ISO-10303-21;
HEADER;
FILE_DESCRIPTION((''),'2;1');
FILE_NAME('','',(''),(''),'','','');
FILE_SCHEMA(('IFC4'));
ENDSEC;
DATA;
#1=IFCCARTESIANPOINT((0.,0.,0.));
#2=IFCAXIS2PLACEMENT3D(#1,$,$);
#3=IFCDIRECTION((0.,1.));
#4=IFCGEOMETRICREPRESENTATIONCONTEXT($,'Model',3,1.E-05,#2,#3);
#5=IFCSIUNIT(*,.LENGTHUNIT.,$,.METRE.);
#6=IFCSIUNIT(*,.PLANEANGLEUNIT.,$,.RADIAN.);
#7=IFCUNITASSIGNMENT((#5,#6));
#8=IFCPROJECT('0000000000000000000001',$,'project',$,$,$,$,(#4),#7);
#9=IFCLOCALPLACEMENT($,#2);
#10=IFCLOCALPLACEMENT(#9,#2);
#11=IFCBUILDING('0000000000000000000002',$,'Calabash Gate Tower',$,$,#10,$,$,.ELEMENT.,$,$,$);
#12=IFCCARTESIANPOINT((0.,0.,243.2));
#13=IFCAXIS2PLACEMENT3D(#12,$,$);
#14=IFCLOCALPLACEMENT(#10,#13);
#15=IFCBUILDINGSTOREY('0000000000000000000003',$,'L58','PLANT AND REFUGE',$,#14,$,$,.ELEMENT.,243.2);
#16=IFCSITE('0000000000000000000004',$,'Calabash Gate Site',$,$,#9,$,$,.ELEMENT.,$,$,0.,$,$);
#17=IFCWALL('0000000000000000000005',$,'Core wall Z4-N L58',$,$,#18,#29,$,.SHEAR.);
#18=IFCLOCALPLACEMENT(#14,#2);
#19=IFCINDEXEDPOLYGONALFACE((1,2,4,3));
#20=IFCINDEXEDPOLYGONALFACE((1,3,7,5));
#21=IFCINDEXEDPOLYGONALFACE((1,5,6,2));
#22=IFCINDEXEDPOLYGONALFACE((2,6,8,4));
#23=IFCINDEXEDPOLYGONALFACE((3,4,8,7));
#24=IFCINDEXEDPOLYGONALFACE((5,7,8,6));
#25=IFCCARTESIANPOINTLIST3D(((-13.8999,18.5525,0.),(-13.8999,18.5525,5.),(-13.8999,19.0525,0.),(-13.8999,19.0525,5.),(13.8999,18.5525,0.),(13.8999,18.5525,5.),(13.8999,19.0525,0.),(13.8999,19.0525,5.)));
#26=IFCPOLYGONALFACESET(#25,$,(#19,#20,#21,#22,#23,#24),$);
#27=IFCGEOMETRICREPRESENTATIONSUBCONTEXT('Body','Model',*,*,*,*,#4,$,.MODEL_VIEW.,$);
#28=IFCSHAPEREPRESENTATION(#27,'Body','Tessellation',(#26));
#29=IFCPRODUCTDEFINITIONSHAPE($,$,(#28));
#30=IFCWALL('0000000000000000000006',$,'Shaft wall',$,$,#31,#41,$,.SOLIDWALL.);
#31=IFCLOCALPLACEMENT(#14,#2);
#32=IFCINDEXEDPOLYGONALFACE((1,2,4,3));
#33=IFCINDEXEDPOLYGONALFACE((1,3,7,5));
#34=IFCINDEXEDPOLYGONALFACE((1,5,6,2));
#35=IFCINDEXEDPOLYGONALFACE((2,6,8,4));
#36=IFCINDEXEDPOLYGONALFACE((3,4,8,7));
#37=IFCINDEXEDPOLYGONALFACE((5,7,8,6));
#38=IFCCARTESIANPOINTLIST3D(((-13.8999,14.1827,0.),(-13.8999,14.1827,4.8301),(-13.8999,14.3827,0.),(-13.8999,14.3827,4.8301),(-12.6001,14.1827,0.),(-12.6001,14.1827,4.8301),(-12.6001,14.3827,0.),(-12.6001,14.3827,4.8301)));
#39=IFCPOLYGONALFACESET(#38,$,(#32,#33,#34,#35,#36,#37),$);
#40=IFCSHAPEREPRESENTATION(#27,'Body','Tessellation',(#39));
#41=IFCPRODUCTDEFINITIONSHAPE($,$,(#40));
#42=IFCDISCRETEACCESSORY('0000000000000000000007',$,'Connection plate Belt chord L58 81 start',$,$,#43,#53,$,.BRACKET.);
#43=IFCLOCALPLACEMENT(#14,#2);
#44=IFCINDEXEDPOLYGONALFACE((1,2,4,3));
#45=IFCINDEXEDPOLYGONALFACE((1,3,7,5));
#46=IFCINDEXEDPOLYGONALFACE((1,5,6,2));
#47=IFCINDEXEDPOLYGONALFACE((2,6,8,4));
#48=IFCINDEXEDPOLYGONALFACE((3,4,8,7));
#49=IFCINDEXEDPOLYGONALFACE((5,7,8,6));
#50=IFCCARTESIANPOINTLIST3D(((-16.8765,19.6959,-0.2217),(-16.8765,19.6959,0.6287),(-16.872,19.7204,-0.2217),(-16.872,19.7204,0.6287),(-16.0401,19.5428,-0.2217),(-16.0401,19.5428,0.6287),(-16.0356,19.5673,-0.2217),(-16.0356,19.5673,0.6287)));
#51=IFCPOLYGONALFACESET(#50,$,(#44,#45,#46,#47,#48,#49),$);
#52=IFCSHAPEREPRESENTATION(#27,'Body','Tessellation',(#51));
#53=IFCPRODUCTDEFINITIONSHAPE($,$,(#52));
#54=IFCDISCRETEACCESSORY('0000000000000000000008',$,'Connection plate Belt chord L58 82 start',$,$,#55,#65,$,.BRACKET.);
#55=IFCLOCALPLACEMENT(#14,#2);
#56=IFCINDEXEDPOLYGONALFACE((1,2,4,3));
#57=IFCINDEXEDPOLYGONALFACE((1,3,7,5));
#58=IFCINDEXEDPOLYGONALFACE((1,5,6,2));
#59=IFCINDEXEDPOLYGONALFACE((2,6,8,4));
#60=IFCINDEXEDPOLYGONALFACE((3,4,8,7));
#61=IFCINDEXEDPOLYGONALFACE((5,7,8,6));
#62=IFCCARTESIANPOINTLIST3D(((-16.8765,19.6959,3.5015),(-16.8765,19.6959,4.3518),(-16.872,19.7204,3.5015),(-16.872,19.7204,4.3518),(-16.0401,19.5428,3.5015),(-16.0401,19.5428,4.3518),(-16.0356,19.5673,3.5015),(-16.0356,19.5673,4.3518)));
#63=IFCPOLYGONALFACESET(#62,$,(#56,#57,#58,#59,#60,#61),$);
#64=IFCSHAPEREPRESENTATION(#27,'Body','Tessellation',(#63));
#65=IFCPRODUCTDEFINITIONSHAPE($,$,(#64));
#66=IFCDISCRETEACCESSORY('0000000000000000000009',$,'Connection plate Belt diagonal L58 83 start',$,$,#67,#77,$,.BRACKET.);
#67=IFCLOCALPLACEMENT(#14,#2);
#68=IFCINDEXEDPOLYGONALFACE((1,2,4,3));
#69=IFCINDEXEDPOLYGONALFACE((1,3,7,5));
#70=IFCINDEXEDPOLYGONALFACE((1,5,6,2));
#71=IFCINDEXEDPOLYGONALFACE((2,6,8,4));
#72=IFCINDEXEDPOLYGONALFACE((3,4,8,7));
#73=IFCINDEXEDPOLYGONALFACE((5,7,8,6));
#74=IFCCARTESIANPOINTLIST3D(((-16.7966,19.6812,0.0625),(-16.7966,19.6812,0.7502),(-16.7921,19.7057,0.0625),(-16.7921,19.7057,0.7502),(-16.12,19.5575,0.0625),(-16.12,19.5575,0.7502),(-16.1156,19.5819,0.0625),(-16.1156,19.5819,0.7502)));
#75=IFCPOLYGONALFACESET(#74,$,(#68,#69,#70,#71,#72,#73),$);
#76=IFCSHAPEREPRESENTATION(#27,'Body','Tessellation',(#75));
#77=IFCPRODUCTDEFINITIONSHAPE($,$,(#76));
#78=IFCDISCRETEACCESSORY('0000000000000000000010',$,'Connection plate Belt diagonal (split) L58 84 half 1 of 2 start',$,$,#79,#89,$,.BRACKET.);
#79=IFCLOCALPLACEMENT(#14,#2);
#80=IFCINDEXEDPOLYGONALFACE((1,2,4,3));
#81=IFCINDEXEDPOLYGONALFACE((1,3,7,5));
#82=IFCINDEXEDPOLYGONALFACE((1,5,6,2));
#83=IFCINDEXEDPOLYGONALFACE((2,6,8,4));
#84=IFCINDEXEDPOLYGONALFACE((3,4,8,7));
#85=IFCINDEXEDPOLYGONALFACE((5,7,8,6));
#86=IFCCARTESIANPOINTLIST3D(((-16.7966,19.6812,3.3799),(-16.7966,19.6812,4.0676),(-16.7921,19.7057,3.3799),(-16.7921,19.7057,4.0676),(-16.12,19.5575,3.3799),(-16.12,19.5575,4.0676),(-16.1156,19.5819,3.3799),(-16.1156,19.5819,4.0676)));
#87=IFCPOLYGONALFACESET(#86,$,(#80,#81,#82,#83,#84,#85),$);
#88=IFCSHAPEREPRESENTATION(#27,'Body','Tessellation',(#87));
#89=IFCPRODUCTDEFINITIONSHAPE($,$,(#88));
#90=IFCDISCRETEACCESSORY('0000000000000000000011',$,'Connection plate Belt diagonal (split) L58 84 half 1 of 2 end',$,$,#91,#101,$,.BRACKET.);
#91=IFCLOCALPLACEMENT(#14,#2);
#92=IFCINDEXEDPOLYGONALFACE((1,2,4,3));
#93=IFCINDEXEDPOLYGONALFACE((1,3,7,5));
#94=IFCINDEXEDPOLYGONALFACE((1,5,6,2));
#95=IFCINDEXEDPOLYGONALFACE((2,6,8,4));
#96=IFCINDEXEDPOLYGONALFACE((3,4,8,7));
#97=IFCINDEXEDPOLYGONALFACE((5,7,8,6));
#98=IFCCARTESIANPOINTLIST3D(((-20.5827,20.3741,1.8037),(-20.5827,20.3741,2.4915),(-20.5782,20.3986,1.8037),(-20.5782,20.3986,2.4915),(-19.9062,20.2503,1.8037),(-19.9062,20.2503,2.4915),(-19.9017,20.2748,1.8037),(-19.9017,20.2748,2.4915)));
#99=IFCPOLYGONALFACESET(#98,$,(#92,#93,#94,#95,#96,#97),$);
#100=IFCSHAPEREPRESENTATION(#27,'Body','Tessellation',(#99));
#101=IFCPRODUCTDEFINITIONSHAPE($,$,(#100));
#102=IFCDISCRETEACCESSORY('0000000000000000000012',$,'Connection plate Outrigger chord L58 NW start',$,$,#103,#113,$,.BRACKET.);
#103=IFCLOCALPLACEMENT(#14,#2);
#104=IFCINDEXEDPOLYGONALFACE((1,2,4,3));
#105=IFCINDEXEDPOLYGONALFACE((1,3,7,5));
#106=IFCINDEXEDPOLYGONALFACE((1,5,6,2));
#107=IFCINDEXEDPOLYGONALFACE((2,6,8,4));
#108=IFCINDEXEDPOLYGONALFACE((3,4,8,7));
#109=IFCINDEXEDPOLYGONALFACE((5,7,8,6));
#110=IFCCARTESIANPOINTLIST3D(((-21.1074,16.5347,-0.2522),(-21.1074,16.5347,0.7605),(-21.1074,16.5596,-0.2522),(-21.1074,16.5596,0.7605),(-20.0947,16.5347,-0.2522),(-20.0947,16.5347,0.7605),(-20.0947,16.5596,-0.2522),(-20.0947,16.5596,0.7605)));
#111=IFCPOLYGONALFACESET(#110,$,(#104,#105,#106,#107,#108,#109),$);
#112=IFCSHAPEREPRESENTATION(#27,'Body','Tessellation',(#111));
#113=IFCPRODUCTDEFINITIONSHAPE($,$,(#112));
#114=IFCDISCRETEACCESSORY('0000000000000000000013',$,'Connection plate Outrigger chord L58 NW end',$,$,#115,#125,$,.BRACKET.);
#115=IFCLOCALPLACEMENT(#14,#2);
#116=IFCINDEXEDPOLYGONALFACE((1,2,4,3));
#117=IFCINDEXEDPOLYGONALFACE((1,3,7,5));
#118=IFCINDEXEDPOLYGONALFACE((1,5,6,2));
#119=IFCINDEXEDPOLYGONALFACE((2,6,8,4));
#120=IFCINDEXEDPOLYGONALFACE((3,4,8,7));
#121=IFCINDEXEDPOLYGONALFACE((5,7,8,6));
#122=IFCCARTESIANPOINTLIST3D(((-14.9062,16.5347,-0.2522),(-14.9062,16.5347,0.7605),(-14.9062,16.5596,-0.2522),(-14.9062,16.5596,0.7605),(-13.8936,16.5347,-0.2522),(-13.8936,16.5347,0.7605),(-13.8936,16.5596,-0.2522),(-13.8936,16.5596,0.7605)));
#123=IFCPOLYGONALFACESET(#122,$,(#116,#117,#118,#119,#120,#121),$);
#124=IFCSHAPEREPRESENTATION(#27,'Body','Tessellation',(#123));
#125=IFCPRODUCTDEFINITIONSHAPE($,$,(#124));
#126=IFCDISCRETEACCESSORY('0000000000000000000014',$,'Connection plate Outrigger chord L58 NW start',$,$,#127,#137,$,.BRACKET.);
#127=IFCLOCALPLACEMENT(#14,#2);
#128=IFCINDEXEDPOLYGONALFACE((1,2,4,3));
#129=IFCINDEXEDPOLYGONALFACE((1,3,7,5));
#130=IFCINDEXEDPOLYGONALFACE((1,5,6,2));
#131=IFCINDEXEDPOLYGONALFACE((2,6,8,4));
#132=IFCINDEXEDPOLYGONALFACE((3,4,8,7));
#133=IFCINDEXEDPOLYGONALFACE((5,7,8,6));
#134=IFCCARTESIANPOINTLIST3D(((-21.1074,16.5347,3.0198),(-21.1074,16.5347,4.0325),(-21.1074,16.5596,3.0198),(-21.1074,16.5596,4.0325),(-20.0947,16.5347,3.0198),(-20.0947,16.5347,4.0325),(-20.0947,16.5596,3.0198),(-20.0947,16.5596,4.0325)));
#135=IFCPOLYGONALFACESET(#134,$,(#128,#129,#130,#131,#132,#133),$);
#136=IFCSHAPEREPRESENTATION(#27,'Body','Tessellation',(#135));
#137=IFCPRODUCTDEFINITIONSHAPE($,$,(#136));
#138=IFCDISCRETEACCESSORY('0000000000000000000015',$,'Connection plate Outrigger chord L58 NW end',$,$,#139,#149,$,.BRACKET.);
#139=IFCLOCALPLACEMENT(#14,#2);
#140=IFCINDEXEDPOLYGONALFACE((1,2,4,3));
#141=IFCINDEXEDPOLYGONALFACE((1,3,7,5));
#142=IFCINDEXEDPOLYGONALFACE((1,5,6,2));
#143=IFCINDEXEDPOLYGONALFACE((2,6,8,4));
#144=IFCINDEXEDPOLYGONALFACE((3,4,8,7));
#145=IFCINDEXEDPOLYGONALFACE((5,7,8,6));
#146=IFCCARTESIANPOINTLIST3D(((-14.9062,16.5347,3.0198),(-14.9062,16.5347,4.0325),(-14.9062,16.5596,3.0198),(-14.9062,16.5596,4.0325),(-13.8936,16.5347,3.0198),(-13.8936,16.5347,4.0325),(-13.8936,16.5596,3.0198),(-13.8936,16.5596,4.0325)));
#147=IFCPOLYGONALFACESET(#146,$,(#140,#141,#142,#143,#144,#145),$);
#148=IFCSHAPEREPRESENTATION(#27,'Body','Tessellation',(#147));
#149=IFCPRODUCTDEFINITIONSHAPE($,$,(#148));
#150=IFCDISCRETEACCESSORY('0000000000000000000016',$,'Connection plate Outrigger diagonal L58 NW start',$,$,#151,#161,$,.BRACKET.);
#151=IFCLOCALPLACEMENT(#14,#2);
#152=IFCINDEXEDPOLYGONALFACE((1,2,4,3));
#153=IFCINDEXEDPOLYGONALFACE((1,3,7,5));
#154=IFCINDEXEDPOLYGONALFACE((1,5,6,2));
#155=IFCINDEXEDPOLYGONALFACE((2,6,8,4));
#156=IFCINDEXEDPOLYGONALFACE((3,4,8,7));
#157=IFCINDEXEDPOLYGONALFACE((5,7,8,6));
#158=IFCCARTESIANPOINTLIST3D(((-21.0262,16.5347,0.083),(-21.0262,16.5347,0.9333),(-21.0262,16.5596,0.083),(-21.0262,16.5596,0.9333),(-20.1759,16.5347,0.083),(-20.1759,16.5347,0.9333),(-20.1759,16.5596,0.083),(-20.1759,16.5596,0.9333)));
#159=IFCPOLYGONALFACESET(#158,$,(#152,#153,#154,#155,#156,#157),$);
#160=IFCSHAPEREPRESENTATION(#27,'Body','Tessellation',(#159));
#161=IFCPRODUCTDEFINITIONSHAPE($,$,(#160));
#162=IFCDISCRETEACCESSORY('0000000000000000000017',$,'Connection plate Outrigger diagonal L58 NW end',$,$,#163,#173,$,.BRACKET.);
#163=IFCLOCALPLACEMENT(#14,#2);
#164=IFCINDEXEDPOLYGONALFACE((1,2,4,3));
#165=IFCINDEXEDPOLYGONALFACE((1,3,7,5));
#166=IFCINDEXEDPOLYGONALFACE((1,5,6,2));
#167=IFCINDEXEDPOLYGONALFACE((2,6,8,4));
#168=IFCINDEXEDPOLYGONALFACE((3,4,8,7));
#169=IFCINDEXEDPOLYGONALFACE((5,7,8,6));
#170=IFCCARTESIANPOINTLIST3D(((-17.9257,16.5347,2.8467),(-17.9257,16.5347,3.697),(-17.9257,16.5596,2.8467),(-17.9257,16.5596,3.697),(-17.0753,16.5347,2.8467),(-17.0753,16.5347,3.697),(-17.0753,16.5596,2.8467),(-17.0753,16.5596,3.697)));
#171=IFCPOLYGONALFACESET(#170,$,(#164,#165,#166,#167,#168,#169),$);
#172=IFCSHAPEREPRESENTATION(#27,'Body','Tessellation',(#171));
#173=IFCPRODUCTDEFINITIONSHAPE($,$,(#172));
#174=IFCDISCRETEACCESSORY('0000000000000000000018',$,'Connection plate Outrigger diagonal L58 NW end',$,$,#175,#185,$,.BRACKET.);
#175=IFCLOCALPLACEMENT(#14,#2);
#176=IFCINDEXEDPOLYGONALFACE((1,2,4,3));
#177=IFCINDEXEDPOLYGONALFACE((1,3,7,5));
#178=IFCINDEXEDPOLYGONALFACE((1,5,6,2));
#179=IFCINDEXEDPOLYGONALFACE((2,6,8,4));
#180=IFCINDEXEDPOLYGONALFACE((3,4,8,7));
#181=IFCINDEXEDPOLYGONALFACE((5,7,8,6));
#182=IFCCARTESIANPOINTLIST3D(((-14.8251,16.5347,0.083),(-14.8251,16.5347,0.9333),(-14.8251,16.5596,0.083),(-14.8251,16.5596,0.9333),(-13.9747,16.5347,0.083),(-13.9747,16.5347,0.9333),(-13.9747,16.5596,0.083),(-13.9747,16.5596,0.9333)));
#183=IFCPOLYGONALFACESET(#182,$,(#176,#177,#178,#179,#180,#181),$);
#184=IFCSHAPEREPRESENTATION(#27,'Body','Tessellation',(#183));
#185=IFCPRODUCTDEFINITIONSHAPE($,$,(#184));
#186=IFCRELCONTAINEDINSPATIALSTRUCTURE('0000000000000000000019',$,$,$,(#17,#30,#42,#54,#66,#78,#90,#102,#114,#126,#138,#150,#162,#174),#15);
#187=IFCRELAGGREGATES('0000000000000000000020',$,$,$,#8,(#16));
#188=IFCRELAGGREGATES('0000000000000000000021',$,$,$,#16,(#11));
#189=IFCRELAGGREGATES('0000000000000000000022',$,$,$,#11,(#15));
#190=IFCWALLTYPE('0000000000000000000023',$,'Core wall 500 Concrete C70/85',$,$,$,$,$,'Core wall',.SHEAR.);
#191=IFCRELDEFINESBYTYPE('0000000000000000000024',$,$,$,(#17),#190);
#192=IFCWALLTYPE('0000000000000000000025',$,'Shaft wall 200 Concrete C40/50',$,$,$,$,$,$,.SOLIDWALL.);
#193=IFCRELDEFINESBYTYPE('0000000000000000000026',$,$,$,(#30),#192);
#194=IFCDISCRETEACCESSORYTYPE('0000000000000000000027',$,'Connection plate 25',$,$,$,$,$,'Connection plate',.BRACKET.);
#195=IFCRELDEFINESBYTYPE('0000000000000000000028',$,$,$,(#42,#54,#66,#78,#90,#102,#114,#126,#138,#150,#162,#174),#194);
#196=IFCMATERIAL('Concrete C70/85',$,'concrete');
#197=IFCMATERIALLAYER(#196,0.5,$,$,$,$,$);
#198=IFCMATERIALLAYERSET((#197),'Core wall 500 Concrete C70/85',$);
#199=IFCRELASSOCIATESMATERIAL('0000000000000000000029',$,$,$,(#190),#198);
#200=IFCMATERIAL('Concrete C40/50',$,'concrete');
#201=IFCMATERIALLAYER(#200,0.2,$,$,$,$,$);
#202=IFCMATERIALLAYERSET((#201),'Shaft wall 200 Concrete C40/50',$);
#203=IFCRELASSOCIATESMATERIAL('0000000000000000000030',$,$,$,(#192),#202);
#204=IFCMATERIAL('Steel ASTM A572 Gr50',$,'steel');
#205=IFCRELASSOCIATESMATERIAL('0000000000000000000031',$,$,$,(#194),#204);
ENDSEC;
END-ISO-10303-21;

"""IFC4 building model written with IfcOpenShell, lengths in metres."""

from ifc_helpers import new_model, si_unit, direction, frame, frame_2d, origin, origin_2d, place, context, subcontext, project, spatial, rectangle, extrude, material, layer, layer_set, type_object, element, save


model = new_model("IFC4")

# Units and contexts
model_context = context("Model", 3, precision=1e-05, world=origin(), true_north=direction((0.0, 1.0)))
body_context = subcontext(model_context, "Body", "Model", "MODEL_VIEW")
ifc_project = project(units=[si_unit("LENGTHUNIT", "METRE"), si_unit("PLANEANGLEUNIT", "RADIAN")], contexts=[model_context])

# Site, building, storey
site_placement = place(None, origin())
site = spatial("IfcSite", under=ifc_project, at=site_placement, Name="Calabash Gate Site", CompositionType="ELEMENT", RefElevation=0.0)
building_placement = place(site_placement, origin())
building = spatial("IfcBuilding", under=site, at=building_placement, Name="Calabash Gate Tower", CompositionType="ELEMENT")
storey_placement = place(building_placement, frame((0.0, 0.0, 243.2)))
storey = spatial("IfcBuildingStorey", under=building, at=storey_placement, Name="L58", Description="PLANT AND REFUGE", CompositionType="ELEMENT", Elevation=243.2)

# Walls
ifc_material_1 = material(Name="Concrete C70/85", Category="concrete")
ifc_layer_1 = layer(ifc_material_1, 0.5)
ifc_layer_set_1 = layer_set([ifc_layer_1], Name="Core wall 500 Concrete C70/85")
wall_type_1 = type_object("IfcWallType", Name="Core wall 500 Concrete C70/85", ElementType="Core wall", PredefinedType="SHEAR", material=ifc_layer_set_1)
wall_1_placement = place(storey_placement, frame((-13.8999, 18.8025, 0.0), z_axis=(0.0, 0.0, 1.0), x_axis=(1.0, 0.0, 0.0)))
element("IfcWall", 1, at=wall_1_placement, inside=storey, type_object=wall_type_1, Name="Core wall Z4-N L58", PredefinedType="SHEAR", context=body_context, shape_type="SweptSolid", body=[
    extrude(rectangle(XDim=27.7998, YDim=0.5, at=frame_2d((13.8999, 0.0))), origin(), (0.0, 0.0, 1.0), 5.0),
])
ifc_material_2 = material(Name="Concrete C40/50", Category="concrete")
ifc_layer_2 = layer(ifc_material_2, 0.2)
ifc_layer_set_2 = layer_set([ifc_layer_2], Name="Shaft wall 200 Concrete C40/50")
wall_type_2 = type_object("IfcWallType", Name="Shaft wall 200 Concrete C40/50", PredefinedType="SOLIDWALL", material=ifc_layer_set_2)
wall_2_placement = place(storey_placement, frame((-13.8999, 14.2827, 0.0), z_axis=(0.0, 0.0, 1.0), x_axis=(1.0, 0.0, 0.0)))
element("IfcWall", 2, at=wall_2_placement, inside=storey, type_object=wall_type_2, Name="Shaft wall", PredefinedType="SOLIDWALL", context=body_context, shape_type="SweptSolid", body=[
    extrude(rectangle(XDim=1.2998, YDim=0.2, at=frame_2d((0.6499, 0.0))), origin(), (0.0, 0.0, 1.0), 4.8301),
])

# Discrete accessories
ifc_material_3 = material(Name="Steel ASTM A572 Gr50", Category="steel")
discrete_accessory_type = type_object("IfcDiscreteAccessoryType", Name="Connection plate 25", ElementType="Connection plate", PredefinedType="BRACKET", material=ifc_material_3)
for number, where, z_axis, x_axis, name in (
    (3, (-16.4561, 19.6316, -0.2217), (0.0, 0.0, 1.0), (-0.98367, 0.179982, 0.0), "Connection plate Belt chord L58 81 start"),
    (4, (-16.4561, 19.6316, 3.5015), (0.0, 0.0, 1.0), (-0.98367, 0.179982, 0.0), "Connection plate Belt chord L58 82 start"),
):
    element("IfcDiscreteAccessory", number, at=place(storey_placement, frame(where, z_axis=z_axis, x_axis=x_axis)), inside=storey, type_object=discrete_accessory_type, Name=name, PredefinedType="BRACKET", context=body_context, shape_type="SweptSolid", body=[
        extrude(rectangle(XDim=0.8503, YDim=0.0249, at=origin_2d()), origin(), (0.0, 0.0, 1.0), 0.8503),
    ])
for number, where, z_axis, x_axis, name in (
    (5, (-16.4561, 19.6316, 0.0625), (0.0, 0.0, 1.0), (-0.98367, 0.179982, 0.0), "Connection plate Belt diagonal L58 83 start"),
    (6, (-16.4561, 19.6316, 3.3799), (0.0, 0.0, 1.0), (-0.98367, 0.179982, 0.0), "Connection plate Belt diagonal (split) L58 84 half 1 of 2 start"),
    (7, (-20.2422, 20.3245, 1.8037), (0.0, 0.0, 1.0), (-0.98367, 0.179982, 0.0), "Connection plate Belt diagonal (split) L58 84 half 1 of 2 end"),
):
    element("IfcDiscreteAccessory", number, at=place(storey_placement, frame(where, z_axis=z_axis, x_axis=x_axis)), inside=storey, type_object=discrete_accessory_type, Name=name, PredefinedType="BRACKET", context=body_context, shape_type="SweptSolid", body=[
        extrude(rectangle(XDim=0.6877, YDim=0.0249, at=origin_2d()), origin(), (0.0, 0.0, 1.0), 0.6877),
    ])
for number, where, z_axis, x_axis, name in (
    (8, (-20.6011, 16.5471, -0.2522), (0.0, 0.0, 1.0), (1.0, 0.0, 0.0), "Connection plate Outrigger chord L58 NW start"),
    (9, (-14.3999, 16.5471, -0.2522), (0.0, 0.0, 1.0), (1.0, 0.0, 0.0), "Connection plate Outrigger chord L58 NW end"),
    (10, (-20.6011, 16.5471, 3.0198), (0.0, 0.0, 1.0), (1.0, 0.0, 0.0), "Connection plate Outrigger chord L58 NW start"),
    (11, (-14.3999, 16.5471, 3.0198), (0.0, 0.0, 1.0), (1.0, 0.0, 0.0), "Connection plate Outrigger chord L58 NW end"),
):
    element("IfcDiscreteAccessory", number, at=place(storey_placement, frame(where, z_axis=z_axis, x_axis=x_axis)), inside=storey, type_object=discrete_accessory_type, Name=name, PredefinedType="BRACKET", context=body_context, shape_type="SweptSolid", body=[
        extrude(rectangle(XDim=1.0127, YDim=0.0249, at=origin_2d()), origin(), (0.0, 0.0, 1.0), 1.0127),
    ])
for number, where, z_axis, x_axis, name in (
    (12, (-20.6011, 16.5471, 0.083), (0.0, 0.0, 1.0), (1.0, 0.0, 0.0), "Connection plate Outrigger diagonal L58 NW start"),
    (13, (-17.5005, 16.5471, 2.8467), (0.0, 0.0, 1.0), (1.0, 0.0, 0.0), "Connection plate Outrigger diagonal L58 NW end"),
    (14, (-14.3999, 16.5471, 0.083), (0.0, 0.0, 1.0), (1.0, 0.0, 0.0), "Connection plate Outrigger diagonal L58 NW end"),
):
    element("IfcDiscreteAccessory", number, at=place(storey_placement, frame(where, z_axis=z_axis, x_axis=x_axis)), inside=storey, type_object=discrete_accessory_type, Name=name, PredefinedType="BRACKET", context=body_context, shape_type="SweptSolid", body=[
        extrude(rectangle(XDim=0.8503, YDim=0.0249, at=origin_2d()), origin(), (0.0, 0.0, 1.0), 0.8503),
    ])

save(model, "model.ifc")
